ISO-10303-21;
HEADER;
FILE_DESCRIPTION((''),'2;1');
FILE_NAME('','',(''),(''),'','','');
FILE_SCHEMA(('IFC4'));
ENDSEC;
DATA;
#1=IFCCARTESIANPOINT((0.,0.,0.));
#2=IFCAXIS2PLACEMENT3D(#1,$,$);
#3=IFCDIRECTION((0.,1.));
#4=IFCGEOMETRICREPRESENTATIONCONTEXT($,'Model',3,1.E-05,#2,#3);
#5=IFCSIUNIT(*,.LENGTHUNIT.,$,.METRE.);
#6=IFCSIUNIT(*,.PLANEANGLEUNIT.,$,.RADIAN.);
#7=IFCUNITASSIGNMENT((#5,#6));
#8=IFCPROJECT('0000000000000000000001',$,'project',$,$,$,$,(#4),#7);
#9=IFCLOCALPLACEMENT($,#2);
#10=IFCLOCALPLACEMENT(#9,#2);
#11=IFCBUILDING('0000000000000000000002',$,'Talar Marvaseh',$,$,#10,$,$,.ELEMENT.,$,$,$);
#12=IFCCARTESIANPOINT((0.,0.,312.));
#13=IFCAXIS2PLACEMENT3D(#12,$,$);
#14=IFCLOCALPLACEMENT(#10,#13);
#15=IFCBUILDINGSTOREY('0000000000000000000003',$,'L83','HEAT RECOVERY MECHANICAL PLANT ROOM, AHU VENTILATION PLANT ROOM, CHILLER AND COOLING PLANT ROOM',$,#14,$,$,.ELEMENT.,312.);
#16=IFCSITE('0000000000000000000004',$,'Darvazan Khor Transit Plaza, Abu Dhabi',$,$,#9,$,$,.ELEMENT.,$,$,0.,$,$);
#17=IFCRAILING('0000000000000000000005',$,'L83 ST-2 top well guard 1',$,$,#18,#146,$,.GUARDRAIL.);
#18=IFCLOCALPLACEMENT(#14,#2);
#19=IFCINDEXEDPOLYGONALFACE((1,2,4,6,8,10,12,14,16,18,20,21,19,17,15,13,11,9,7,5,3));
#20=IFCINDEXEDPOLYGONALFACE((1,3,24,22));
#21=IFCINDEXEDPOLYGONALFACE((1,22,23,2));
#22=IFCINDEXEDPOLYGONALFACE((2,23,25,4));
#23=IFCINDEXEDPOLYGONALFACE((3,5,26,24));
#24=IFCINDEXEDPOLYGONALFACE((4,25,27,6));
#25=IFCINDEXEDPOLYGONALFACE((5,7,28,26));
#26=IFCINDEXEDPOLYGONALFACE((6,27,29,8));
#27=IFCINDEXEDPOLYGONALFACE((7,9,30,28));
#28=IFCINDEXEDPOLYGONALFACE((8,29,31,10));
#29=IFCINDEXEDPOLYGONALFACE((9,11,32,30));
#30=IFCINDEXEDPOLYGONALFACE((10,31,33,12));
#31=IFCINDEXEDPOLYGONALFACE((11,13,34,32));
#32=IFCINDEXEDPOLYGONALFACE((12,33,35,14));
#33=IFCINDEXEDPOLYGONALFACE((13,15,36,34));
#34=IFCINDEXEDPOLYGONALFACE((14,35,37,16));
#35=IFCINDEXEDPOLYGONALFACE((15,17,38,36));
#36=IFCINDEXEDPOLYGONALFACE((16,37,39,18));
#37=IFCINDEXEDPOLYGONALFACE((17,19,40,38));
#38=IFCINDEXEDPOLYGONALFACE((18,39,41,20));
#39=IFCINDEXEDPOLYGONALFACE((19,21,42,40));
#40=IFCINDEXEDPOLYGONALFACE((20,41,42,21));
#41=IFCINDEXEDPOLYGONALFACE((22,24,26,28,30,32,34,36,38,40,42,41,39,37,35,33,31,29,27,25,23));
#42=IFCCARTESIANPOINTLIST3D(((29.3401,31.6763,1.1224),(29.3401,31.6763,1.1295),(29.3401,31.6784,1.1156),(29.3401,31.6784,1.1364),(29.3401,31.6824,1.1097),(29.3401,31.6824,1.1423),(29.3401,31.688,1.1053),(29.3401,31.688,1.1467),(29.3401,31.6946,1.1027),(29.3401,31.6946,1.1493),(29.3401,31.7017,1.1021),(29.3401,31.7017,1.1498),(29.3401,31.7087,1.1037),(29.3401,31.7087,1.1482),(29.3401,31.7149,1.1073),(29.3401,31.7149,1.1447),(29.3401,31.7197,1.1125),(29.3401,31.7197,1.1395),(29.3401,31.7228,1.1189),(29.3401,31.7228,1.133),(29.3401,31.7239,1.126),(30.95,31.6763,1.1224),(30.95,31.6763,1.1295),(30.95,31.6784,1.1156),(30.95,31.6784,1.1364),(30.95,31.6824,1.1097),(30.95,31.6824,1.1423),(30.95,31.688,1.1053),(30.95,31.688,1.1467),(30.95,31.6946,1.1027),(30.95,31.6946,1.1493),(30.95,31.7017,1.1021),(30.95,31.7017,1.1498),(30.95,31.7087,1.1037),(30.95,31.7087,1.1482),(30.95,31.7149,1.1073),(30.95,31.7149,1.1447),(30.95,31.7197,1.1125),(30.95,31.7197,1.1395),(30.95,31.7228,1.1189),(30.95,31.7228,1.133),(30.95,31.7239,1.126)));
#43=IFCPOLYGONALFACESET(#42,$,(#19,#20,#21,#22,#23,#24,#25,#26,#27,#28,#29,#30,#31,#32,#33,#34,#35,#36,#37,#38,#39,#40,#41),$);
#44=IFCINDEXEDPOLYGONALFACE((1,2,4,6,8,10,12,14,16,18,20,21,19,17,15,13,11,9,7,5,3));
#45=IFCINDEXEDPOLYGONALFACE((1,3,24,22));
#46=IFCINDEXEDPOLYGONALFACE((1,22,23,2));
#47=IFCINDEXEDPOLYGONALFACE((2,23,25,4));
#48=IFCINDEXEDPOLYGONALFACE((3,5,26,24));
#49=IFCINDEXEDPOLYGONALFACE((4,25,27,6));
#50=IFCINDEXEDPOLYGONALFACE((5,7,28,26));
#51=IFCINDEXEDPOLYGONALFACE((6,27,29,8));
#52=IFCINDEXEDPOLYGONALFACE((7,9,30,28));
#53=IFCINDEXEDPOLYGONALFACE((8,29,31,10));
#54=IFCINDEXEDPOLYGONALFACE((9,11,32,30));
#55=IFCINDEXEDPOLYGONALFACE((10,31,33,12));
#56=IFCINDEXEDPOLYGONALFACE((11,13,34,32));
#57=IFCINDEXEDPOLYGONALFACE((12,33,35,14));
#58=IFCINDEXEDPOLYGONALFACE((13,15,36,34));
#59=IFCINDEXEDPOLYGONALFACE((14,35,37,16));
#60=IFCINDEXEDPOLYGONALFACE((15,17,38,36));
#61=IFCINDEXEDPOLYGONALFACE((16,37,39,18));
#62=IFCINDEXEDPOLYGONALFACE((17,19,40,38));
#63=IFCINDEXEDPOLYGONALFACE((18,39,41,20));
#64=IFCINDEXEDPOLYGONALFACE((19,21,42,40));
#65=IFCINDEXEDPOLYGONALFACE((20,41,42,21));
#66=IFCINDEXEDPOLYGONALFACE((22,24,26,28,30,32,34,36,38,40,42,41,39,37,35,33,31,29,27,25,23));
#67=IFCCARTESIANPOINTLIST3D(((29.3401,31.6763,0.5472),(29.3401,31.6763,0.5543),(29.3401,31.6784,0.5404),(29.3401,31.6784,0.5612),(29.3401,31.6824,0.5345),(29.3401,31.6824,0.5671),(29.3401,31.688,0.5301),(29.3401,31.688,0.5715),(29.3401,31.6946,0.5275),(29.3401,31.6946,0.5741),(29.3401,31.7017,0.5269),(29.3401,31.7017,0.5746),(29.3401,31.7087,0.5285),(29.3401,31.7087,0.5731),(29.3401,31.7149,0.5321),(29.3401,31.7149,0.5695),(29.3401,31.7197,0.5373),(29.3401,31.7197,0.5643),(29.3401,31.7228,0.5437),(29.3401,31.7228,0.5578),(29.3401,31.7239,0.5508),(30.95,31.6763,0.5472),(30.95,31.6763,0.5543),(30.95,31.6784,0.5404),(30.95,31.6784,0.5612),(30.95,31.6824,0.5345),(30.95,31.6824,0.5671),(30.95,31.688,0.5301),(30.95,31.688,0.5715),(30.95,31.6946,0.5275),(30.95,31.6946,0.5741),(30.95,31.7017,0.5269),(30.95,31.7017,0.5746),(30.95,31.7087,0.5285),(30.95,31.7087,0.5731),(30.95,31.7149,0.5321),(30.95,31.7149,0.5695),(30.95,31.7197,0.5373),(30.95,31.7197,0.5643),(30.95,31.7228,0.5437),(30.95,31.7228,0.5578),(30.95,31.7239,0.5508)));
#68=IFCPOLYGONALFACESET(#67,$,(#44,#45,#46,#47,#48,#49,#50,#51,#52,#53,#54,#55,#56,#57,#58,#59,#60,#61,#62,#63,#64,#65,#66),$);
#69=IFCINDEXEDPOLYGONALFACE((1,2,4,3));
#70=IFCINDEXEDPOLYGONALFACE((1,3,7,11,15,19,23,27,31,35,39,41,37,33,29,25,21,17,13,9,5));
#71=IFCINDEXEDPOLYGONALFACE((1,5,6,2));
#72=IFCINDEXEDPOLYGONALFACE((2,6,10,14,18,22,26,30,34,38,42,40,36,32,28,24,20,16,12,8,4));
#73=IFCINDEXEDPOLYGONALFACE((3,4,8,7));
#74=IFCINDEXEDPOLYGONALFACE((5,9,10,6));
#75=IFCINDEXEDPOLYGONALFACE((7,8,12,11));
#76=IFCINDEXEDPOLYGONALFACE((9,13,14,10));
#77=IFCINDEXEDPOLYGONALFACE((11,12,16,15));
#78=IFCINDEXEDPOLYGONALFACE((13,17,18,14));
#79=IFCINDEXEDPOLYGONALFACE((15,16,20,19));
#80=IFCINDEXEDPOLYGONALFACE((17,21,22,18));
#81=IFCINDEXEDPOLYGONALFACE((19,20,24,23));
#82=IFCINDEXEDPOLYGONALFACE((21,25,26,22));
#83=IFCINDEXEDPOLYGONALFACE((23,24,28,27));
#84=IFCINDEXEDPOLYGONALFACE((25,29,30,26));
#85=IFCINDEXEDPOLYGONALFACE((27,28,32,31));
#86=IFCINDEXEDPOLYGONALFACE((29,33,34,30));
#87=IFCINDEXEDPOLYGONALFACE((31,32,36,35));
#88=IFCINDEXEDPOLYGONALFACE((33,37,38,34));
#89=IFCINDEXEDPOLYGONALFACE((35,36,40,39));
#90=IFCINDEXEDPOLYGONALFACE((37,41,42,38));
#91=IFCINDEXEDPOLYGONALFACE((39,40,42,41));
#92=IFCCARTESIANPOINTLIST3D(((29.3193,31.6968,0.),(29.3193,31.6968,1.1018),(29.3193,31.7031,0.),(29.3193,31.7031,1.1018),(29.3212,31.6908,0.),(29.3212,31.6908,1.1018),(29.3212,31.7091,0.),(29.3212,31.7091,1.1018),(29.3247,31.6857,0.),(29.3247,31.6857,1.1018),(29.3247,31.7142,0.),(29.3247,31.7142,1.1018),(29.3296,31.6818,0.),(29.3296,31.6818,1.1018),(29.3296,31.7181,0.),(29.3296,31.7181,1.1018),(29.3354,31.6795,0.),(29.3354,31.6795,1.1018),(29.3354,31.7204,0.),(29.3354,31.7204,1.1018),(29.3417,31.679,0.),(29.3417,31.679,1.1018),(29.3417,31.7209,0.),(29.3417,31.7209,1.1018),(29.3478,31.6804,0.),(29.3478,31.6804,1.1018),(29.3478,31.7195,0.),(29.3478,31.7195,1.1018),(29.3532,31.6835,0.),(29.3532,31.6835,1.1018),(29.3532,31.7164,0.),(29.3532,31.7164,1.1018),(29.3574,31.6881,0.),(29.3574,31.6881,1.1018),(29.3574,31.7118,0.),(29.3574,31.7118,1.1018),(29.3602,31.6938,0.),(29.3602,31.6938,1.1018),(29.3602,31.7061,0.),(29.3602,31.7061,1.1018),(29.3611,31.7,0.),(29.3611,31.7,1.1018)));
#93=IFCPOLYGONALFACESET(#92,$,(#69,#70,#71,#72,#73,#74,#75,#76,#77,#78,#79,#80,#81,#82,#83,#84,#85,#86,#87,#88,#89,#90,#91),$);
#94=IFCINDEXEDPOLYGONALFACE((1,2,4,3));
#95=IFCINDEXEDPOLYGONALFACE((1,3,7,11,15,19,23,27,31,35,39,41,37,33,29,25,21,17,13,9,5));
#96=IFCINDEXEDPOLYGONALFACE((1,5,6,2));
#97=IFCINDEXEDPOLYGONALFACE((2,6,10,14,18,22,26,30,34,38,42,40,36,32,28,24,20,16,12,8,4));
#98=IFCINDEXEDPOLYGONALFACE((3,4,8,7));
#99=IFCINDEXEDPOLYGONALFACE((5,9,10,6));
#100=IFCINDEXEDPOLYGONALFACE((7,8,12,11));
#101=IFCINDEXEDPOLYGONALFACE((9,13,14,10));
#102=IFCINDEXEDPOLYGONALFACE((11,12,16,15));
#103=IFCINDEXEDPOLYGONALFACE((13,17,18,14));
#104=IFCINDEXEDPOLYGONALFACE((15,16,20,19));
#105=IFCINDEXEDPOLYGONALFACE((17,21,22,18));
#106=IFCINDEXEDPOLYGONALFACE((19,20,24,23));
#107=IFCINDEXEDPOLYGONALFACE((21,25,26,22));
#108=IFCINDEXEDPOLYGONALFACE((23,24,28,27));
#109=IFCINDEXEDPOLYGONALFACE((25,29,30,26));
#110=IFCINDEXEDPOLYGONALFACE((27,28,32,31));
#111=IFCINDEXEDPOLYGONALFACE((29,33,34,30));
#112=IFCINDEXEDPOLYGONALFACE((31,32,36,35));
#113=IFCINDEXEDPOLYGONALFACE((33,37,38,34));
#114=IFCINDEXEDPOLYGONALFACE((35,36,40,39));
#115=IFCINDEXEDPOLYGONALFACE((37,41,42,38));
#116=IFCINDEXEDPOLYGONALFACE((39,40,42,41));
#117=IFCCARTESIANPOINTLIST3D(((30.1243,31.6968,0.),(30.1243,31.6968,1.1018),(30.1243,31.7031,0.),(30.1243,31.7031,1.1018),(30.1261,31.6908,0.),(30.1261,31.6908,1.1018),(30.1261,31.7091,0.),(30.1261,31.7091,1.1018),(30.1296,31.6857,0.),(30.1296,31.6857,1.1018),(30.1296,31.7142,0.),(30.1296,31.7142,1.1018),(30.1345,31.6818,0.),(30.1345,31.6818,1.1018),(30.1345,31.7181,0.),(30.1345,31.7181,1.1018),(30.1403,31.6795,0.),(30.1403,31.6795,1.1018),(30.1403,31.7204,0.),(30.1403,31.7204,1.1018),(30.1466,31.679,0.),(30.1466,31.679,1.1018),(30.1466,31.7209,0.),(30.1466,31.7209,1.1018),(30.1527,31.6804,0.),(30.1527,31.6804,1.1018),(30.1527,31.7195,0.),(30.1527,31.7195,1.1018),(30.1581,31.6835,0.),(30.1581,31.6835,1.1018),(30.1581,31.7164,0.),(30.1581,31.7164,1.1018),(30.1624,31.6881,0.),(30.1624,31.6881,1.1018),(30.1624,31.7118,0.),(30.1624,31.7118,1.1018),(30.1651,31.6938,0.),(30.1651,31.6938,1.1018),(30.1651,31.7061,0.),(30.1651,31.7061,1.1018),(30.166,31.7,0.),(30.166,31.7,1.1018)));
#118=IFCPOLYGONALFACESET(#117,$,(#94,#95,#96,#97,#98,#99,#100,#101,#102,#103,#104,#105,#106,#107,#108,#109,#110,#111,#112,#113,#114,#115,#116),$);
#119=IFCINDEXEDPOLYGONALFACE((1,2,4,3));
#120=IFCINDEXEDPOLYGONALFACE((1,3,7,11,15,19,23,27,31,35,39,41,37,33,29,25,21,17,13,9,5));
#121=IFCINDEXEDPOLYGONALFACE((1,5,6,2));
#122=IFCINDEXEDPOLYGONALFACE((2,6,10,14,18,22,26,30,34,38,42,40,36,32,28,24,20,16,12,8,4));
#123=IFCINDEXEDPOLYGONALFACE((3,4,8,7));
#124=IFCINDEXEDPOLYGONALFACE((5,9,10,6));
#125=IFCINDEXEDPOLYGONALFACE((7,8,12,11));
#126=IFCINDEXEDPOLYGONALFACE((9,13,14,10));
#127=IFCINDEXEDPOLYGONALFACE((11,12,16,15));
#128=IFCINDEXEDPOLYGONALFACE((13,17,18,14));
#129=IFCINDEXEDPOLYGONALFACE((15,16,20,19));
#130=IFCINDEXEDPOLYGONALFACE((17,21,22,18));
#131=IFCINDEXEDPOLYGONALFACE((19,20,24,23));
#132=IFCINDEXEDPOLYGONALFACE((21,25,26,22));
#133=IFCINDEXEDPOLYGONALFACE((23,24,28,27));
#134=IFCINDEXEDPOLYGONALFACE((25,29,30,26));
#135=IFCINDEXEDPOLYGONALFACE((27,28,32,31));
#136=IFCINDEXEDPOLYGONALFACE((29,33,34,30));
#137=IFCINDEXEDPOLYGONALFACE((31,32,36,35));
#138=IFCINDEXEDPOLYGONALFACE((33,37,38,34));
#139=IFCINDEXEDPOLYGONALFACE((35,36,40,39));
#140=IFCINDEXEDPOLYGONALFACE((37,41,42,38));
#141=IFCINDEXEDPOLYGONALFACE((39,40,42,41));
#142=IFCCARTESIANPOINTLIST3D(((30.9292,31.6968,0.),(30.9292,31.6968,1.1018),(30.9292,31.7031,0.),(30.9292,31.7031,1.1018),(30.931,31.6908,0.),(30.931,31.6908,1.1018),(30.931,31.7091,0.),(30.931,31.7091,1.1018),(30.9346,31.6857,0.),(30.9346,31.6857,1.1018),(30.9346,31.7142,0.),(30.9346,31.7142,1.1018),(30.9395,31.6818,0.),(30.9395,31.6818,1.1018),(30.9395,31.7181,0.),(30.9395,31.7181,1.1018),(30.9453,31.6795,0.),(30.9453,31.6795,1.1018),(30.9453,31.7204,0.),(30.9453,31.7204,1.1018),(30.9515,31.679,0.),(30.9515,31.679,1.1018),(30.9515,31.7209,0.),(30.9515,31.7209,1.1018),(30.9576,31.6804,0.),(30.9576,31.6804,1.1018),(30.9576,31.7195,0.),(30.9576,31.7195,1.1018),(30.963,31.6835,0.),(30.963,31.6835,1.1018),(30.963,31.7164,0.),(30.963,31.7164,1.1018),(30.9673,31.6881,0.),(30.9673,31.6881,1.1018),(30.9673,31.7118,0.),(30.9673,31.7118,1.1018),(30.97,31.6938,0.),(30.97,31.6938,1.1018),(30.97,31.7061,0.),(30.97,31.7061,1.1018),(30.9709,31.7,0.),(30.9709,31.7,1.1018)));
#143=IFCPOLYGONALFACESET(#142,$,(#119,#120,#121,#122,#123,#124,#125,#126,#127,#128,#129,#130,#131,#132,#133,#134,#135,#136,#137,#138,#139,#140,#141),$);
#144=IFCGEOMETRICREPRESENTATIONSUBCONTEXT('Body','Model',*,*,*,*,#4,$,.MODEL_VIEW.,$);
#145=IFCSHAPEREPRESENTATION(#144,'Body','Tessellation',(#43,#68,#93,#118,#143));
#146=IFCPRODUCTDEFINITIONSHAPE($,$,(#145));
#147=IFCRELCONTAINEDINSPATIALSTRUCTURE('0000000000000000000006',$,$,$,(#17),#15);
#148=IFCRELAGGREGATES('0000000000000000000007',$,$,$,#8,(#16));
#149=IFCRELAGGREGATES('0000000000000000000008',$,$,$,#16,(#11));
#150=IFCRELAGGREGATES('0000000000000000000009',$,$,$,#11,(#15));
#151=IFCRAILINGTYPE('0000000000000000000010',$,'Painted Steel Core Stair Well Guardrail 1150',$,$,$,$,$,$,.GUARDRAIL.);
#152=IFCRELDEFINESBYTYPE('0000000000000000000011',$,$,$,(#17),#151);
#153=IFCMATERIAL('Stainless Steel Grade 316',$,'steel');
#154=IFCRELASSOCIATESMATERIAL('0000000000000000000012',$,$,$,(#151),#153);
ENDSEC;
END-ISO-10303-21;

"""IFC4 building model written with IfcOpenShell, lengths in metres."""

from ifc_helpers import new_model, si_unit, direction, frame, origin, origin_2d, place, context, subcontext, project, spatial, circle, extrude, material, type_object, element, save


model = new_model("IFC4")

# Units and contexts
model_context = context("Model", 3, precision=1e-05, world=origin(), true_north=direction((0.0, 1.0)))
body_context = subcontext(model_context, "Body", "Model", "MODEL_VIEW")
ifc_project = project(units=[si_unit("LENGTHUNIT", "METRE"), si_unit("PLANEANGLEUNIT", "RADIAN")], contexts=[model_context])

# Site, building, storey
site_placement = place(None, origin())
site = spatial("IfcSite", under=ifc_project, at=site_placement, Name="Darvazan Khor Transit Plaza, Abu Dhabi", CompositionType="ELEMENT", RefElevation=0.0)
building_placement = place(site_placement, origin())
building = spatial("IfcBuilding", under=site, at=building_placement, Name="Talar Marvaseh", CompositionType="ELEMENT")
storey_placement = place(building_placement, frame((0.0, 0.0, 312.0)))
storey = spatial("IfcBuildingStorey", under=building, at=storey_placement, Name="L83", Description="HEAT RECOVERY MECHANICAL PLANT ROOM, AHU VENTILATION PLANT ROOM, CHILLER AND COOLING PLANT ROOM", CompositionType="ELEMENT", Elevation=312.0)

# Railing
ifc_material_1 = material(Name="Stainless Steel Grade 316", Category="steel")
railing_type = type_object("IfcRailingType", Name="Painted Steel Core Stair Well Guardrail 1150", PredefinedType="GUARDRAIL", material=ifc_material_1)
railing_placement = place(storey_placement, frame((29.3401, 31.7, 0.0)))
element("IfcRailing", 1, at=railing_placement, inside=storey, type_object=railing_type, Name="L83 ST-2 top well guard 1", PredefinedType="GUARDRAIL", context=body_context, shape_type="SweptSolid", body=[
    extrude(circle(Radius=0.0239, at=origin_2d()), frame((0.0, 0.0, 1.126), z_axis=(1.0, 0.0, 0.0), x_axis=(0.0, 1.0, 0.0)), (0.0, 0.0, 1.0), 1.6099),
    extrude(circle(Radius=0.0239, at=origin_2d()), frame((0.0, 0.0, 0.5508), z_axis=(1.0, 0.0, 0.0), x_axis=(0.0, 1.0, 0.0)), (0.0, 0.0, 1.0), 1.6099),
    extrude(circle(Radius=0.021, at=origin_2d()), origin(), (0.0, 0.0, 1.0), 1.1018),
    extrude(circle(Radius=0.021, at=origin_2d()), frame((0.8049, 0.0, 0.0)), (0.0, 0.0, 1.0), 1.1018),
    extrude(circle(Radius=0.021, at=origin_2d()), frame((1.6099, 0.0, 0.0)), (0.0, 0.0, 1.0), 1.1018),
])

save(model, "model.ifc")
